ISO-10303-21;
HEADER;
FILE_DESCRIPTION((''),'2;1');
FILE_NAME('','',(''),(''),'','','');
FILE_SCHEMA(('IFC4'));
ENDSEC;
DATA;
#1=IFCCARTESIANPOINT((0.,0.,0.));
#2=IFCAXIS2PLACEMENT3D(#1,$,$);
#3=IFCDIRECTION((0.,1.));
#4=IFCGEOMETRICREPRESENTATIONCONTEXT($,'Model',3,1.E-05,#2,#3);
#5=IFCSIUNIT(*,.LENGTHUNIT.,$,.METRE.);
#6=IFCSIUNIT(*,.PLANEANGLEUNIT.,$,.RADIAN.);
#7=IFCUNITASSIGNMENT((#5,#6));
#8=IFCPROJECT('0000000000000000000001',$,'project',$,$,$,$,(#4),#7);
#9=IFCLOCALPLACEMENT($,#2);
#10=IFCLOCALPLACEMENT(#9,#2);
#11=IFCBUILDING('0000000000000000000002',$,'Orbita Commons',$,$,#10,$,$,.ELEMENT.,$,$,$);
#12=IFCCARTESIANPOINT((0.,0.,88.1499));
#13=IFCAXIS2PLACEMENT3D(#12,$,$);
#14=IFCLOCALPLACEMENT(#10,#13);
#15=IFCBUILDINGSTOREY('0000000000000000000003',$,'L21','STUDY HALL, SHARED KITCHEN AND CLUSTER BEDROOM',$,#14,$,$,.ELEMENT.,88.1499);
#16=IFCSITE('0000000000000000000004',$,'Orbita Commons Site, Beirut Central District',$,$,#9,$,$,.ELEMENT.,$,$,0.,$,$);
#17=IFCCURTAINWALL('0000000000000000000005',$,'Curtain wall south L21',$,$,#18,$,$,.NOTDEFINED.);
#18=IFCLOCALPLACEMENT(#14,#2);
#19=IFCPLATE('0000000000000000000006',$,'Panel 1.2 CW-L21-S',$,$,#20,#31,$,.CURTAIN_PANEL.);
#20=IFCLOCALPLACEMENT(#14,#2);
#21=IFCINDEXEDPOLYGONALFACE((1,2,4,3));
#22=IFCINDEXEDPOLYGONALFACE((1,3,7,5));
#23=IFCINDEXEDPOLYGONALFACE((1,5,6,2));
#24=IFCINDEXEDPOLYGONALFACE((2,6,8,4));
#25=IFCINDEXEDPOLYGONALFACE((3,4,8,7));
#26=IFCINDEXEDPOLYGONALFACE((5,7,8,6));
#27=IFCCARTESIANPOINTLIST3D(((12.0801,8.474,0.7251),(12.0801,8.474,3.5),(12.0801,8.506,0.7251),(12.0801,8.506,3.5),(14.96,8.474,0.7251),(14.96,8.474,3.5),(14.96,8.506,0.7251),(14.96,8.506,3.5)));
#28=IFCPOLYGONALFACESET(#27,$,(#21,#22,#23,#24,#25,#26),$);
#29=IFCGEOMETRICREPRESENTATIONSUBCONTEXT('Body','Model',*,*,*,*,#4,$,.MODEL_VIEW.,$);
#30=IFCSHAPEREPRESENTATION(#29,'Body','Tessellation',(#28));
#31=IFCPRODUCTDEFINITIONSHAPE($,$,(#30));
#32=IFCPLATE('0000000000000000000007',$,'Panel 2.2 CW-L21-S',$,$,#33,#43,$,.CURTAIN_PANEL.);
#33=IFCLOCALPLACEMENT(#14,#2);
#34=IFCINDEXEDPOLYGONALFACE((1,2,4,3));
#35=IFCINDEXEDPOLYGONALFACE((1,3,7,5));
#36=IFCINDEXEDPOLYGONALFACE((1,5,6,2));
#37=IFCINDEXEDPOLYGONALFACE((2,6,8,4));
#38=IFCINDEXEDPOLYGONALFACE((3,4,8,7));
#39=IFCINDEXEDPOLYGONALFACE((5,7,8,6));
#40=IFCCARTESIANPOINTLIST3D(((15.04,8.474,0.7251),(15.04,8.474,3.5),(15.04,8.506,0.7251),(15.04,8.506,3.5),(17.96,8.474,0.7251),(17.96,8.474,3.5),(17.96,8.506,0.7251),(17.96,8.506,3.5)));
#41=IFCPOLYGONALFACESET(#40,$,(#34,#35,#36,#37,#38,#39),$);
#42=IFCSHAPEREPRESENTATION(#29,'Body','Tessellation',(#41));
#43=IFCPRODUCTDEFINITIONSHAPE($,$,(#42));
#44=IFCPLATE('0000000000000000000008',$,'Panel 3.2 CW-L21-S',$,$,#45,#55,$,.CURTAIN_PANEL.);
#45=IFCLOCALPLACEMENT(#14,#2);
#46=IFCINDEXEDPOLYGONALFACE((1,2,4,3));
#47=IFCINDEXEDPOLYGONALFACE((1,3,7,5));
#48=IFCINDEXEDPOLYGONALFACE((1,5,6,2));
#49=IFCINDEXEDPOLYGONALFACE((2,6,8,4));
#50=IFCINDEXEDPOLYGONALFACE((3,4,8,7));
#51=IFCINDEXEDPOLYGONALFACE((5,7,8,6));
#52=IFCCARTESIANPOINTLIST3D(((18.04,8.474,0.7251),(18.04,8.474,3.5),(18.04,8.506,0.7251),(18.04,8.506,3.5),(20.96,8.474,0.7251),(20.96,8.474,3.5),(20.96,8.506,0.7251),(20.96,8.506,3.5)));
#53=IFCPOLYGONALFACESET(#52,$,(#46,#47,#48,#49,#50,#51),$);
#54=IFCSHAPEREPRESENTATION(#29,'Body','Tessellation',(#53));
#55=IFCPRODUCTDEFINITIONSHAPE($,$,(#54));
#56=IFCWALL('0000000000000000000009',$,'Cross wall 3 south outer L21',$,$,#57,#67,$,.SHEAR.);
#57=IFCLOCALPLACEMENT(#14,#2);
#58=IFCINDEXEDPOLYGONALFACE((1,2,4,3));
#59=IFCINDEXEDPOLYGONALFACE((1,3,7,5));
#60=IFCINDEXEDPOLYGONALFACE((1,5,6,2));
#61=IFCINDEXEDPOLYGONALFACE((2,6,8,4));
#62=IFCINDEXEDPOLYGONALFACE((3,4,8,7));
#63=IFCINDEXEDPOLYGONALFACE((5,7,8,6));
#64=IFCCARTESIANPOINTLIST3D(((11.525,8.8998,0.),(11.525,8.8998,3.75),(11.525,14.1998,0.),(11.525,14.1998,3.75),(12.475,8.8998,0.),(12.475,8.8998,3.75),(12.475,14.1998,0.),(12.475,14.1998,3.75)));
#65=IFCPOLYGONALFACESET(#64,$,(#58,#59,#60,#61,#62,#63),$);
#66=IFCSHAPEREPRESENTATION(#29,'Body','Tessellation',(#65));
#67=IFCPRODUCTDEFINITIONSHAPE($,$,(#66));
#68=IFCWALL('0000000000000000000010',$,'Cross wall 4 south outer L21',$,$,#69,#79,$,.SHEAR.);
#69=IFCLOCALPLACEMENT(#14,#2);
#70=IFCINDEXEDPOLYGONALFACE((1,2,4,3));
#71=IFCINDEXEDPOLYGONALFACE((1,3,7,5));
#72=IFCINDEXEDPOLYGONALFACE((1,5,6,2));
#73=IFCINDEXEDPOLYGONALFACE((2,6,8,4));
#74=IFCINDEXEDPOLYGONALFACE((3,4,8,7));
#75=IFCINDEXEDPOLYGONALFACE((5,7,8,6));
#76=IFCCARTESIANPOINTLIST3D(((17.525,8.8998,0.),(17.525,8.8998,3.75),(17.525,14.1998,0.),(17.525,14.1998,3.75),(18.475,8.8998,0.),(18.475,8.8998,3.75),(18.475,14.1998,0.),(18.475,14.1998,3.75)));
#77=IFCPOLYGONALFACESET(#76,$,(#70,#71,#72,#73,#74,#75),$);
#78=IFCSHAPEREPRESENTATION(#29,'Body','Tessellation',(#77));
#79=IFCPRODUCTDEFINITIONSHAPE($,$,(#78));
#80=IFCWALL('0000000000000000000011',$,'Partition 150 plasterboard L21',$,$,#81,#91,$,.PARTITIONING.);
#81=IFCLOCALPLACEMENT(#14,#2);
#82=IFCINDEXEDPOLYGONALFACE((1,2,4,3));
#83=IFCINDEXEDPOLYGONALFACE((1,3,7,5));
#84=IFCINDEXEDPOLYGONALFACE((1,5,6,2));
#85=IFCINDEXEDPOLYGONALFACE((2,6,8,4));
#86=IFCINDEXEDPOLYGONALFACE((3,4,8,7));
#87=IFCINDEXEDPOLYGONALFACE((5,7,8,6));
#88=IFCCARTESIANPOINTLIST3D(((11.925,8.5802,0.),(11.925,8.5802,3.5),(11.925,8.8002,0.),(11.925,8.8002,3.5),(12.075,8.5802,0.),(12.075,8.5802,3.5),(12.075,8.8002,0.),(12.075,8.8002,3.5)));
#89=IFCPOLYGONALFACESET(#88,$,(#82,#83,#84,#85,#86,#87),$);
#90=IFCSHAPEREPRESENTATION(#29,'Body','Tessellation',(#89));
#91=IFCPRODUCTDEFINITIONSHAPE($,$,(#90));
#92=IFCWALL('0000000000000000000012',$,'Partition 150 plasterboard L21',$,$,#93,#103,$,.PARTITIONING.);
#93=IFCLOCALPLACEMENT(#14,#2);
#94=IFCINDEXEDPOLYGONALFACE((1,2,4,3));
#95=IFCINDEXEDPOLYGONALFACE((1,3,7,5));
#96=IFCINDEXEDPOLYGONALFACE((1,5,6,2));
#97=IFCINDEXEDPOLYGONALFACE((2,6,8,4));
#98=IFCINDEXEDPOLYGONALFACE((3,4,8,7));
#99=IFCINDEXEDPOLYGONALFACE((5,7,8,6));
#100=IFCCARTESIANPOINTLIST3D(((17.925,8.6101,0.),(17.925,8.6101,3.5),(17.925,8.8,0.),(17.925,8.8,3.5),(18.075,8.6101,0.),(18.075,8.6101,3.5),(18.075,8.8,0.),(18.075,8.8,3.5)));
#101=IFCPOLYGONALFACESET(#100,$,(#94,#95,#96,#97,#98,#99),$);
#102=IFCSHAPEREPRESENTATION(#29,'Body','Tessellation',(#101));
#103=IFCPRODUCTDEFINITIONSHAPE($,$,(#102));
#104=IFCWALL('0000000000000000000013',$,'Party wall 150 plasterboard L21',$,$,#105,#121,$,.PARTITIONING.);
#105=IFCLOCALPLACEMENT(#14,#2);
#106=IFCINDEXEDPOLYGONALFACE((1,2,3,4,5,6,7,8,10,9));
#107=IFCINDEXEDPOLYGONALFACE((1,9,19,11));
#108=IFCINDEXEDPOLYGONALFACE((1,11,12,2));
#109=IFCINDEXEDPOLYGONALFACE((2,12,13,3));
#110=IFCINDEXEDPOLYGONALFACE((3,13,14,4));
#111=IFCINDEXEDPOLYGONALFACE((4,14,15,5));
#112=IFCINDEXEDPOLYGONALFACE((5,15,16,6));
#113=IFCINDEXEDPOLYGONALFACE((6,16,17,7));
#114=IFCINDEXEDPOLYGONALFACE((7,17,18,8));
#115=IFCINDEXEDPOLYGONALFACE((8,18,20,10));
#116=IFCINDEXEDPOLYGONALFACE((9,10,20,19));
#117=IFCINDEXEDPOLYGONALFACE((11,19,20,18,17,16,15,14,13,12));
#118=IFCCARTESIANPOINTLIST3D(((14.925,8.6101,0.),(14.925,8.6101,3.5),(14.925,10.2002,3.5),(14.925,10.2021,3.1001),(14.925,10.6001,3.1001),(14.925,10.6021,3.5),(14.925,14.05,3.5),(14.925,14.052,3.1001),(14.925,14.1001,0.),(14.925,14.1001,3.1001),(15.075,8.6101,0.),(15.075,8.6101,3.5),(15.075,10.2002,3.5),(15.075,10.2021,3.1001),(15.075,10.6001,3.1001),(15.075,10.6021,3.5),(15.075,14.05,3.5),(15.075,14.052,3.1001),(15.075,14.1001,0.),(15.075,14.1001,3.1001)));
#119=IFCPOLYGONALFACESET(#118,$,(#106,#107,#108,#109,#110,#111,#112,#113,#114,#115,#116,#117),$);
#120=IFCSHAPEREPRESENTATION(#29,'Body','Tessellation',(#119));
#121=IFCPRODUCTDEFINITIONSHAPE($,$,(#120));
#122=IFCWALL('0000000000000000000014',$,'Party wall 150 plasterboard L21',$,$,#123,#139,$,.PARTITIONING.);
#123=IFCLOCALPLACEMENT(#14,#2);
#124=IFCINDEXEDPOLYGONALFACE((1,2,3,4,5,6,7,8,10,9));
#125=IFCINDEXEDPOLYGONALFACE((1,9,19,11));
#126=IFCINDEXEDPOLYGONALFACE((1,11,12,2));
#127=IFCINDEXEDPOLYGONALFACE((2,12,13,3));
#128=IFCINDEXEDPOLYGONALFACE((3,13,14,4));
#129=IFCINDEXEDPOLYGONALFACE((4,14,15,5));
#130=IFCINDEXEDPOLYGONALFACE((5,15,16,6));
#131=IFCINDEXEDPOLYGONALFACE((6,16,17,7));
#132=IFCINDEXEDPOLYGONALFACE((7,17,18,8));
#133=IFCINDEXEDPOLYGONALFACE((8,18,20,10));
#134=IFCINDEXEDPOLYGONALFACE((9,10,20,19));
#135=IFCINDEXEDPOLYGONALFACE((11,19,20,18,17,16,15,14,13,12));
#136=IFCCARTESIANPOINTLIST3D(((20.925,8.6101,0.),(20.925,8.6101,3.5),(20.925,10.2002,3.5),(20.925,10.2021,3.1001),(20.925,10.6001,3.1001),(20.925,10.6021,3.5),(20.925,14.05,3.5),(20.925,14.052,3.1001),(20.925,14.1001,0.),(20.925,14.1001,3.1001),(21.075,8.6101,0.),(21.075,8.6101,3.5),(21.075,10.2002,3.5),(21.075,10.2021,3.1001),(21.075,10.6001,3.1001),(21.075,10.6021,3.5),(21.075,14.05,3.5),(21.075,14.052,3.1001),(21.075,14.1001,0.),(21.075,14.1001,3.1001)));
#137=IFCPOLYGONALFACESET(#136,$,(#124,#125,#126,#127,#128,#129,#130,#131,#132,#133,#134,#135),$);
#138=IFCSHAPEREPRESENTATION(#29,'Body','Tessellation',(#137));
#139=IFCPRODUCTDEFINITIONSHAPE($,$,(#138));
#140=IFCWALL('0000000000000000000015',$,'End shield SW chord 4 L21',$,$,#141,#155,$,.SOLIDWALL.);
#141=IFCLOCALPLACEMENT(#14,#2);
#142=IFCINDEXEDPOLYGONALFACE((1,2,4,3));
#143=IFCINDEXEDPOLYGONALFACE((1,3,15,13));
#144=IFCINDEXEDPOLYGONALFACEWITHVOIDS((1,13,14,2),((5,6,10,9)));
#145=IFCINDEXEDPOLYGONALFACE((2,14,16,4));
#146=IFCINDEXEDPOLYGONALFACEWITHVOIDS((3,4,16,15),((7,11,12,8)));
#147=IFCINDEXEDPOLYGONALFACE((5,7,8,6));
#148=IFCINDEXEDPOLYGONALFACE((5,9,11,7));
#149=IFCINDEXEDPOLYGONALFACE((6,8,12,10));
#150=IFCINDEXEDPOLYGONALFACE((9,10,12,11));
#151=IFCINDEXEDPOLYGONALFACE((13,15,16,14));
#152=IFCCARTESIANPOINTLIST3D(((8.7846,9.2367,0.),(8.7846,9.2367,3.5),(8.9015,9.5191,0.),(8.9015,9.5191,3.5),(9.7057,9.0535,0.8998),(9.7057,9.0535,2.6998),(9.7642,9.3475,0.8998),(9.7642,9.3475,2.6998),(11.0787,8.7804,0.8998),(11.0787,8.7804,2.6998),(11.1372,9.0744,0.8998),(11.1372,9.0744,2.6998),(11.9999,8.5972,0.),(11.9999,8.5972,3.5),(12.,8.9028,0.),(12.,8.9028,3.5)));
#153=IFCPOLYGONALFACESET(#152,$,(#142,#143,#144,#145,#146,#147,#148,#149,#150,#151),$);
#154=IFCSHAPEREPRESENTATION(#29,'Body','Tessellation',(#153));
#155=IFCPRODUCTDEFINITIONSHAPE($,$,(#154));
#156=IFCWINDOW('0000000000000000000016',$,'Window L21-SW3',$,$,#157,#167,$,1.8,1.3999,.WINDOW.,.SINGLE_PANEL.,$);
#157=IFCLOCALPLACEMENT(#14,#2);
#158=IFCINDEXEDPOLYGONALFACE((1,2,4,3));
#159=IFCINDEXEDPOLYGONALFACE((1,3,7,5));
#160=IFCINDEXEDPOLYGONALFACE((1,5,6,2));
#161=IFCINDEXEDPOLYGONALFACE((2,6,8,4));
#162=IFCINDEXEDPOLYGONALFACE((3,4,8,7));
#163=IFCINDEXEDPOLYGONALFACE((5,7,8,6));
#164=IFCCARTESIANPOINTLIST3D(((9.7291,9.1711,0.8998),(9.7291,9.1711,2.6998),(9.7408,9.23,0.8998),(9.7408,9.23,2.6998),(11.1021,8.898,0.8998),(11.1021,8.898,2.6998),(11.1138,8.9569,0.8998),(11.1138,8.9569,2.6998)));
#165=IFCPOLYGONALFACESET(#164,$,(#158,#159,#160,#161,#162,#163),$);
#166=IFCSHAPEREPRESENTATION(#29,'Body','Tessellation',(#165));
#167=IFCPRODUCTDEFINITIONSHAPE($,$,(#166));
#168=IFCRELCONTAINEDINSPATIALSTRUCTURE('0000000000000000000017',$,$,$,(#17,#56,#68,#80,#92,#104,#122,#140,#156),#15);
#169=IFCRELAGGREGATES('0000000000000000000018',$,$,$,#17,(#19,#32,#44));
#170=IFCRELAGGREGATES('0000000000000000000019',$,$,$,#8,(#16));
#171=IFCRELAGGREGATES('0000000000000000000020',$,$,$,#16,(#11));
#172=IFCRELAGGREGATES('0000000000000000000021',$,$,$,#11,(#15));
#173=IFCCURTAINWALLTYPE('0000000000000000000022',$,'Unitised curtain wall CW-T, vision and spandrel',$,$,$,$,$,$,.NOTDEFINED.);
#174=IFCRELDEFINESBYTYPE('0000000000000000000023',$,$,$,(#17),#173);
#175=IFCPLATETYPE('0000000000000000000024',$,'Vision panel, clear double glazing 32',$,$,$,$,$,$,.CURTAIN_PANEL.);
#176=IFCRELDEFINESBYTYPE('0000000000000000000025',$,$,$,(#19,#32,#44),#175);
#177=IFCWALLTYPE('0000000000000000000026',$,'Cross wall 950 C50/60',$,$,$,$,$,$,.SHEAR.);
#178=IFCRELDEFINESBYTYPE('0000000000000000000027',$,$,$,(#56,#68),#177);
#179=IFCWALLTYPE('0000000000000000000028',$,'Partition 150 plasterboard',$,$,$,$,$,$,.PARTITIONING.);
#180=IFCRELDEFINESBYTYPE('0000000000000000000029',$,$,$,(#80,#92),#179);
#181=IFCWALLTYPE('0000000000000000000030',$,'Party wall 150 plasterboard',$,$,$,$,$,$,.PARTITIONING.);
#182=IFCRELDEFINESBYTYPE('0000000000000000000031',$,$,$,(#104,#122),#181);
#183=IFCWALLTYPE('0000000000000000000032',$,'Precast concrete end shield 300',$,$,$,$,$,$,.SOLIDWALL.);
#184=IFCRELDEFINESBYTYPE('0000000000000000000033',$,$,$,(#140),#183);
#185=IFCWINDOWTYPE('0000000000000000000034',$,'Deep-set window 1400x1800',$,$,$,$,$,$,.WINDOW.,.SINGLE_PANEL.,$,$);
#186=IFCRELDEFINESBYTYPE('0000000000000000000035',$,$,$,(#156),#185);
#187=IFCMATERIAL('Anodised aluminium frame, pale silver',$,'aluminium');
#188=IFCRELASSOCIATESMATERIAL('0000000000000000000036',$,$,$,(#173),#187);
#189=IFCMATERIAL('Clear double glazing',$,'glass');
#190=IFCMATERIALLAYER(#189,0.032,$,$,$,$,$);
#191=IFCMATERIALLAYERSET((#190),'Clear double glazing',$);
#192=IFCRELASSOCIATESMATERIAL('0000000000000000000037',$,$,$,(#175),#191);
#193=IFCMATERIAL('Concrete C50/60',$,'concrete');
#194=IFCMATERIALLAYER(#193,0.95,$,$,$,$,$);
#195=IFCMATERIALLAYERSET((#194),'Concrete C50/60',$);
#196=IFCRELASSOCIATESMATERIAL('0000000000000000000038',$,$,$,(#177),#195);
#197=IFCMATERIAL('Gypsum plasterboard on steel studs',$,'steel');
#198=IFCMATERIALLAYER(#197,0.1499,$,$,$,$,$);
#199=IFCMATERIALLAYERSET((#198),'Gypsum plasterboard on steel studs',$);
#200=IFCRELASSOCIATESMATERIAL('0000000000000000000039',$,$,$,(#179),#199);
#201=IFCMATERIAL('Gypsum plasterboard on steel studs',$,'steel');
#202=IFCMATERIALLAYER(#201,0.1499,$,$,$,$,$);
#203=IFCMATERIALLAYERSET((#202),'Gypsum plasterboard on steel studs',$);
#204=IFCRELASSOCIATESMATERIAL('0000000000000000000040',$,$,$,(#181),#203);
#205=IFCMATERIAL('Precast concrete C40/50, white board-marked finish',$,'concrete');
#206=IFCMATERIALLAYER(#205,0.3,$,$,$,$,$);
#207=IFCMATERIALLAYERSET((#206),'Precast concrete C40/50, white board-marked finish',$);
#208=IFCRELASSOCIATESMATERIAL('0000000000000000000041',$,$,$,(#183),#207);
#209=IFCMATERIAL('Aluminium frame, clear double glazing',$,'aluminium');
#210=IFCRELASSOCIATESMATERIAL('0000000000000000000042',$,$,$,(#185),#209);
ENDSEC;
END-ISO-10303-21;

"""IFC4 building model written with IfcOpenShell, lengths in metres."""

from ifc_helpers import new_model, si_unit, direction, frame, frame_2d, origin, origin_2d, place, context, subcontext, project, spatial, polyline, rectangle, outline, extrude, material, layer, layer_set, type_object, element, fill, aggregate, save


model = new_model("IFC4")

# Units and contexts
model_context = context("Model", 3, precision=1e-05, world=origin(), true_north=direction((0.0, 1.0)))
body_context = subcontext(model_context, "Body", "Model", "MODEL_VIEW")
ifc_project = project(units=[si_unit("LENGTHUNIT", "METRE"), si_unit("PLANEANGLEUNIT", "RADIAN")], contexts=[model_context])

# Site, building, storey
site_placement = place(None, origin())
site = spatial("IfcSite", under=ifc_project, at=site_placement, Name="Orbita Commons Site, Beirut Central District", CompositionType="ELEMENT", RefElevation=0.0)
building_placement = place(site_placement, origin())
building = spatial("IfcBuilding", under=site, at=building_placement, Name="Orbita Commons", CompositionType="ELEMENT")
storey_placement = place(building_placement, frame((0.0, 0.0, 88.1499)))
storey = spatial("IfcBuildingStorey", under=building, at=storey_placement, Name="L21", Description="STUDY HALL, SHARED KITCHEN AND CLUSTER BEDROOM", CompositionType="ELEMENT", Elevation=88.1499)

# Curtain wall
ifc_material_1 = material(Name="Anodised aluminium frame, pale silver", Category="aluminium")
curtain_wall_type = type_object("IfcCurtainWallType", Name="Unitised curtain wall CW-T, vision and spandrel", PredefinedType="NOTDEFINED", material=ifc_material_1)
curtain_wall_placement = place(storey_placement, origin())
curtain_wall = element("IfcCurtainWall", 1, at=curtain_wall_placement, inside=storey, type_object=curtain_wall_type, Name="Curtain wall south L21", PredefinedType="NOTDEFINED")

# Plates
ifc_material_2 = material(Name="Clear double glazing", Category="glass")
ifc_layer_1 = layer(ifc_material_2, 0.032)
ifc_layer_set_1 = layer_set([ifc_layer_1], Name="Clear double glazing")
plate_type_1 = type_object("IfcPlateType", Name="Vision panel, clear double glazing 32", PredefinedType="CURTAIN_PANEL", material=ifc_layer_set_1)
plate_1_placement = place(storey_placement, frame((13.52, 8.49, 0.7251), z_axis=(0.0, 0.0, 1.0), x_axis=(1.0, 0.0, 0.0)))
plate_1 = element("IfcPlate", 2, at=plate_1_placement, type_object=plate_type_1, Name="Panel 1.2 CW-L21-S", PredefinedType="CURTAIN_PANEL", context=body_context, shape_type="SweptSolid", body=[
    extrude(rectangle(XDim=2.8799, YDim=0.032, at=origin_2d()), origin(), (0.0, 0.0, 1.0), 2.7749),
])
plate_2_placement = place(storey_placement, frame((16.5, 8.49, 0.7251), z_axis=(0.0, 0.0, 1.0), x_axis=(1.0, 0.0, 0.0)))
plate_2 = element("IfcPlate", 3, at=plate_2_placement, type_object=plate_type_1, Name="Panel 2.2 CW-L21-S", PredefinedType="CURTAIN_PANEL", context=body_context, shape_type="SweptSolid", body=[
    extrude(rectangle(XDim=2.9199, YDim=0.032, at=origin_2d()), origin(), (0.0, 0.0, 1.0), 2.7749),
])
plate_3_placement = place(storey_placement, frame((19.5, 8.49, 0.7251), z_axis=(0.0, 0.0, 1.0), x_axis=(1.0, 0.0, 0.0)))
plate_3 = element("IfcPlate", 4, at=plate_3_placement, type_object=plate_type_1, Name="Panel 3.2 CW-L21-S", PredefinedType="CURTAIN_PANEL", context=body_context, shape_type="SweptSolid", body=[
    extrude(rectangle(XDim=2.9199, YDim=0.032, at=origin_2d()), origin(), (0.0, 0.0, 1.0), 2.7749),
])
aggregate(curtain_wall, [plate_1, plate_2, plate_3])

# Walls
ifc_material_3 = material(Name="Concrete C50/60", Category="concrete")
ifc_layer_2 = layer(ifc_material_3, 0.95)
ifc_layer_set_2 = layer_set([ifc_layer_2], Name="Concrete C50/60")
wall_type_1 = type_object("IfcWallType", Name="Cross wall 950 C50/60", PredefinedType="SHEAR", material=ifc_layer_set_2)
for number, where, z_axis, x_axis, name in (
    (5, (12.0, 8.8999, 0.0), (0.0, 0.0, 1.0), (0.0, 1.0, 0.0), "Cross wall 3 south outer L21"),
    (6, (18.0, 8.8999, 0.0), (0.0, 0.0, 1.0), (0.0, 1.0, 0.0), "Cross wall 4 south outer L21"),
):
    element("IfcWall", number, at=place(storey_placement, frame(where, z_axis=z_axis, x_axis=x_axis)), inside=storey, type_object=wall_type_1, Name=name, PredefinedType="SHEAR", context=body_context, shape_type="SweptSolid", body=[
        extrude(rectangle(XDim=5.3, YDim=0.95, at=frame_2d((2.6499, 0.0))), origin(), (0.0, 0.0, 1.0), 3.75),
    ])
ifc_material_4 = material(Name="Gypsum plasterboard on steel studs", Category="steel")
ifc_layer_3 = layer(ifc_material_4, 0.1499)
ifc_layer_set_3 = layer_set([ifc_layer_3], Name="Gypsum plasterboard on steel studs")
wall_type_2 = type_object("IfcWallType", Name="Partition 150 plasterboard", PredefinedType="PARTITIONING", material=ifc_layer_set_3)
wall_1_placement = place(storey_placement, frame((12.0, 8.8, 0.0), z_axis=(0.0, 0.0, 1.0), x_axis=(0.0, -1.0, 0.0)))
element("IfcWall", 7, at=wall_1_placement, inside=storey, type_object=wall_type_2, Name="Partition 150 plasterboard L21", PredefinedType="PARTITIONING", context=body_context, shape_type="SweptSolid", body=[
    extrude(rectangle(XDim=0.22, YDim=0.1499, at=frame_2d((0.1099, 0.0))), origin(), (0.0, 0.0, 1.0), 3.5),
])
wall_2_placement = place(storey_placement, frame((18.0, 8.8, 0.0), z_axis=(0.0, 0.0, 1.0), x_axis=(0.0, -1.0, 0.0)))
element("IfcWall", 8, at=wall_2_placement, inside=storey, type_object=wall_type_2, Name="Partition 150 plasterboard L21", PredefinedType="PARTITIONING", context=body_context, shape_type="SweptSolid", body=[
    extrude(rectangle(XDim=0.1899, YDim=0.1499, at=frame_2d((0.095, 0.0))), origin(), (0.0, 0.0, 1.0), 3.5),
])
ifc_material_5 = material(Name="Gypsum plasterboard on steel studs", Category="steel")
ifc_layer_4 = layer(ifc_material_5, 0.1499)
ifc_layer_set_4 = layer_set([ifc_layer_4], Name="Gypsum plasterboard on steel studs")
wall_type_3 = type_object("IfcWallType", Name="Party wall 150 plasterboard", PredefinedType="PARTITIONING", material=ifc_layer_set_4)
for number, where, z_axis, x_axis, name in (
    (9, (15.0, 8.6101, 0.0), (0.0, 0.0, 1.0), (0.0, 1.0, 0.0), "Party wall 150 plasterboard L21"),
    (10, (21.0, 8.6101, 0.0), (0.0, 0.0, 1.0), (0.0, 1.0, 0.0), "Party wall 150 plasterboard L21"),
):
    element("IfcWall", number, at=place(storey_placement, frame(where, z_axis=z_axis, x_axis=x_axis)), inside=storey, type_object=wall_type_3, Name=name, PredefinedType="PARTITIONING", context=body_context, shape_type="SweptSolid", body=[
        extrude(outline(polyline([(0.0, 0.0), (5.49, 0.0), (5.49, 3.1001), (5.4419, 3.1001), (5.4399, 3.5), (1.9919, 3.5), (1.99, 3.1001), (1.592, 3.1001), (1.5901, 3.5), (0.0, 3.5), (0.0, 0.0)])), frame((0.0, 0.075, 0.0), z_axis=(0.0, -1.0, 0.0), x_axis=(1.0, 0.0, 0.0)), (0.0, 0.0, 1.0), 0.1499),
    ])

# Wall, opening, window
ifc_material_6 = material(Name="Precast concrete C40/50, white board-marked finish", Category="concrete")
ifc_layer_5 = layer(ifc_material_6, 0.3)
ifc_layer_set_5 = layer_set([ifc_layer_5], Name="Precast concrete C40/50, white board-marked finish")
wall_type_4 = type_object("IfcWallType", Name="Precast concrete end shield 300", PredefinedType="SOLIDWALL", material=ifc_layer_set_5)
wall_3_placement = place(storey_placement, frame((8.843, 9.3779, 0.0), z_axis=(0.0, 0.0, 1.0), x_axis=(0.980787, -0.19508, 0.0)))
wall_3 = element("IfcWall", 11, at=wall_3_placement, inside=storey, type_object=wall_type_4, Name="End shield SW chord 4 L21", PredefinedType="SOLIDWALL", context=body_context, shape_type="SweptSolid", body=[
    extrude(outline(polyline([(-0.0298, -0.1499), (3.2485, -0.1499), (3.189, 0.1499), (0.0298, 0.1499), (-0.0298, -0.1499)])), origin(), (0.0, 0.0, 1.0), 3.5),
])
opening_placement = place(wall_3_placement, frame((0.9094, 0.0, 0.8999)))
opening = element("IfcOpeningElement", 12, at=opening_placement, cuts=wall_3, PredefinedType="OPENING", context=body_context, shape_type="SweptSolid", body=[
    extrude(rectangle(XDim=1.3999, YDim=1.8, at=frame_2d((0.7, 0.8999))), frame((0.0, 0.1599, 0.0), z_axis=(0.0, -1.0, 0.0), x_axis=(1.0, 0.0, 0.0)), (0.0, 0.0, 1.0), 0.3201),
])
ifc_material_7 = material(Name="Aluminium frame, clear double glazing", Category="aluminium")
window_type = type_object("IfcWindowType", Name="Deep-set window 1400x1800", PartitioningType="SINGLE_PANEL", PredefinedType="WINDOW", material=ifc_material_7)
window_placement = place(opening_placement, origin())
window = element("IfcWindow", 13, at=window_placement, inside=storey, type_object=window_type, Name="Window L21-SW3", OverallHeight=1.8, OverallWidth=1.3999, PartitioningType="SINGLE_PANEL", PredefinedType="WINDOW", context=body_context, shape_type="SweptSolid", body=[
    extrude(rectangle(XDim=1.3999, YDim=1.8, at=frame_2d((0.7, 0.8999))), frame((0.0, 0.03, 0.0), z_axis=(0.0, -1.0, 0.0), x_axis=(1.0, 0.0, 0.0)), (0.0, 0.0, 1.0), 0.0601),
])
fill(opening, window)

save(model, "model.ifc")
